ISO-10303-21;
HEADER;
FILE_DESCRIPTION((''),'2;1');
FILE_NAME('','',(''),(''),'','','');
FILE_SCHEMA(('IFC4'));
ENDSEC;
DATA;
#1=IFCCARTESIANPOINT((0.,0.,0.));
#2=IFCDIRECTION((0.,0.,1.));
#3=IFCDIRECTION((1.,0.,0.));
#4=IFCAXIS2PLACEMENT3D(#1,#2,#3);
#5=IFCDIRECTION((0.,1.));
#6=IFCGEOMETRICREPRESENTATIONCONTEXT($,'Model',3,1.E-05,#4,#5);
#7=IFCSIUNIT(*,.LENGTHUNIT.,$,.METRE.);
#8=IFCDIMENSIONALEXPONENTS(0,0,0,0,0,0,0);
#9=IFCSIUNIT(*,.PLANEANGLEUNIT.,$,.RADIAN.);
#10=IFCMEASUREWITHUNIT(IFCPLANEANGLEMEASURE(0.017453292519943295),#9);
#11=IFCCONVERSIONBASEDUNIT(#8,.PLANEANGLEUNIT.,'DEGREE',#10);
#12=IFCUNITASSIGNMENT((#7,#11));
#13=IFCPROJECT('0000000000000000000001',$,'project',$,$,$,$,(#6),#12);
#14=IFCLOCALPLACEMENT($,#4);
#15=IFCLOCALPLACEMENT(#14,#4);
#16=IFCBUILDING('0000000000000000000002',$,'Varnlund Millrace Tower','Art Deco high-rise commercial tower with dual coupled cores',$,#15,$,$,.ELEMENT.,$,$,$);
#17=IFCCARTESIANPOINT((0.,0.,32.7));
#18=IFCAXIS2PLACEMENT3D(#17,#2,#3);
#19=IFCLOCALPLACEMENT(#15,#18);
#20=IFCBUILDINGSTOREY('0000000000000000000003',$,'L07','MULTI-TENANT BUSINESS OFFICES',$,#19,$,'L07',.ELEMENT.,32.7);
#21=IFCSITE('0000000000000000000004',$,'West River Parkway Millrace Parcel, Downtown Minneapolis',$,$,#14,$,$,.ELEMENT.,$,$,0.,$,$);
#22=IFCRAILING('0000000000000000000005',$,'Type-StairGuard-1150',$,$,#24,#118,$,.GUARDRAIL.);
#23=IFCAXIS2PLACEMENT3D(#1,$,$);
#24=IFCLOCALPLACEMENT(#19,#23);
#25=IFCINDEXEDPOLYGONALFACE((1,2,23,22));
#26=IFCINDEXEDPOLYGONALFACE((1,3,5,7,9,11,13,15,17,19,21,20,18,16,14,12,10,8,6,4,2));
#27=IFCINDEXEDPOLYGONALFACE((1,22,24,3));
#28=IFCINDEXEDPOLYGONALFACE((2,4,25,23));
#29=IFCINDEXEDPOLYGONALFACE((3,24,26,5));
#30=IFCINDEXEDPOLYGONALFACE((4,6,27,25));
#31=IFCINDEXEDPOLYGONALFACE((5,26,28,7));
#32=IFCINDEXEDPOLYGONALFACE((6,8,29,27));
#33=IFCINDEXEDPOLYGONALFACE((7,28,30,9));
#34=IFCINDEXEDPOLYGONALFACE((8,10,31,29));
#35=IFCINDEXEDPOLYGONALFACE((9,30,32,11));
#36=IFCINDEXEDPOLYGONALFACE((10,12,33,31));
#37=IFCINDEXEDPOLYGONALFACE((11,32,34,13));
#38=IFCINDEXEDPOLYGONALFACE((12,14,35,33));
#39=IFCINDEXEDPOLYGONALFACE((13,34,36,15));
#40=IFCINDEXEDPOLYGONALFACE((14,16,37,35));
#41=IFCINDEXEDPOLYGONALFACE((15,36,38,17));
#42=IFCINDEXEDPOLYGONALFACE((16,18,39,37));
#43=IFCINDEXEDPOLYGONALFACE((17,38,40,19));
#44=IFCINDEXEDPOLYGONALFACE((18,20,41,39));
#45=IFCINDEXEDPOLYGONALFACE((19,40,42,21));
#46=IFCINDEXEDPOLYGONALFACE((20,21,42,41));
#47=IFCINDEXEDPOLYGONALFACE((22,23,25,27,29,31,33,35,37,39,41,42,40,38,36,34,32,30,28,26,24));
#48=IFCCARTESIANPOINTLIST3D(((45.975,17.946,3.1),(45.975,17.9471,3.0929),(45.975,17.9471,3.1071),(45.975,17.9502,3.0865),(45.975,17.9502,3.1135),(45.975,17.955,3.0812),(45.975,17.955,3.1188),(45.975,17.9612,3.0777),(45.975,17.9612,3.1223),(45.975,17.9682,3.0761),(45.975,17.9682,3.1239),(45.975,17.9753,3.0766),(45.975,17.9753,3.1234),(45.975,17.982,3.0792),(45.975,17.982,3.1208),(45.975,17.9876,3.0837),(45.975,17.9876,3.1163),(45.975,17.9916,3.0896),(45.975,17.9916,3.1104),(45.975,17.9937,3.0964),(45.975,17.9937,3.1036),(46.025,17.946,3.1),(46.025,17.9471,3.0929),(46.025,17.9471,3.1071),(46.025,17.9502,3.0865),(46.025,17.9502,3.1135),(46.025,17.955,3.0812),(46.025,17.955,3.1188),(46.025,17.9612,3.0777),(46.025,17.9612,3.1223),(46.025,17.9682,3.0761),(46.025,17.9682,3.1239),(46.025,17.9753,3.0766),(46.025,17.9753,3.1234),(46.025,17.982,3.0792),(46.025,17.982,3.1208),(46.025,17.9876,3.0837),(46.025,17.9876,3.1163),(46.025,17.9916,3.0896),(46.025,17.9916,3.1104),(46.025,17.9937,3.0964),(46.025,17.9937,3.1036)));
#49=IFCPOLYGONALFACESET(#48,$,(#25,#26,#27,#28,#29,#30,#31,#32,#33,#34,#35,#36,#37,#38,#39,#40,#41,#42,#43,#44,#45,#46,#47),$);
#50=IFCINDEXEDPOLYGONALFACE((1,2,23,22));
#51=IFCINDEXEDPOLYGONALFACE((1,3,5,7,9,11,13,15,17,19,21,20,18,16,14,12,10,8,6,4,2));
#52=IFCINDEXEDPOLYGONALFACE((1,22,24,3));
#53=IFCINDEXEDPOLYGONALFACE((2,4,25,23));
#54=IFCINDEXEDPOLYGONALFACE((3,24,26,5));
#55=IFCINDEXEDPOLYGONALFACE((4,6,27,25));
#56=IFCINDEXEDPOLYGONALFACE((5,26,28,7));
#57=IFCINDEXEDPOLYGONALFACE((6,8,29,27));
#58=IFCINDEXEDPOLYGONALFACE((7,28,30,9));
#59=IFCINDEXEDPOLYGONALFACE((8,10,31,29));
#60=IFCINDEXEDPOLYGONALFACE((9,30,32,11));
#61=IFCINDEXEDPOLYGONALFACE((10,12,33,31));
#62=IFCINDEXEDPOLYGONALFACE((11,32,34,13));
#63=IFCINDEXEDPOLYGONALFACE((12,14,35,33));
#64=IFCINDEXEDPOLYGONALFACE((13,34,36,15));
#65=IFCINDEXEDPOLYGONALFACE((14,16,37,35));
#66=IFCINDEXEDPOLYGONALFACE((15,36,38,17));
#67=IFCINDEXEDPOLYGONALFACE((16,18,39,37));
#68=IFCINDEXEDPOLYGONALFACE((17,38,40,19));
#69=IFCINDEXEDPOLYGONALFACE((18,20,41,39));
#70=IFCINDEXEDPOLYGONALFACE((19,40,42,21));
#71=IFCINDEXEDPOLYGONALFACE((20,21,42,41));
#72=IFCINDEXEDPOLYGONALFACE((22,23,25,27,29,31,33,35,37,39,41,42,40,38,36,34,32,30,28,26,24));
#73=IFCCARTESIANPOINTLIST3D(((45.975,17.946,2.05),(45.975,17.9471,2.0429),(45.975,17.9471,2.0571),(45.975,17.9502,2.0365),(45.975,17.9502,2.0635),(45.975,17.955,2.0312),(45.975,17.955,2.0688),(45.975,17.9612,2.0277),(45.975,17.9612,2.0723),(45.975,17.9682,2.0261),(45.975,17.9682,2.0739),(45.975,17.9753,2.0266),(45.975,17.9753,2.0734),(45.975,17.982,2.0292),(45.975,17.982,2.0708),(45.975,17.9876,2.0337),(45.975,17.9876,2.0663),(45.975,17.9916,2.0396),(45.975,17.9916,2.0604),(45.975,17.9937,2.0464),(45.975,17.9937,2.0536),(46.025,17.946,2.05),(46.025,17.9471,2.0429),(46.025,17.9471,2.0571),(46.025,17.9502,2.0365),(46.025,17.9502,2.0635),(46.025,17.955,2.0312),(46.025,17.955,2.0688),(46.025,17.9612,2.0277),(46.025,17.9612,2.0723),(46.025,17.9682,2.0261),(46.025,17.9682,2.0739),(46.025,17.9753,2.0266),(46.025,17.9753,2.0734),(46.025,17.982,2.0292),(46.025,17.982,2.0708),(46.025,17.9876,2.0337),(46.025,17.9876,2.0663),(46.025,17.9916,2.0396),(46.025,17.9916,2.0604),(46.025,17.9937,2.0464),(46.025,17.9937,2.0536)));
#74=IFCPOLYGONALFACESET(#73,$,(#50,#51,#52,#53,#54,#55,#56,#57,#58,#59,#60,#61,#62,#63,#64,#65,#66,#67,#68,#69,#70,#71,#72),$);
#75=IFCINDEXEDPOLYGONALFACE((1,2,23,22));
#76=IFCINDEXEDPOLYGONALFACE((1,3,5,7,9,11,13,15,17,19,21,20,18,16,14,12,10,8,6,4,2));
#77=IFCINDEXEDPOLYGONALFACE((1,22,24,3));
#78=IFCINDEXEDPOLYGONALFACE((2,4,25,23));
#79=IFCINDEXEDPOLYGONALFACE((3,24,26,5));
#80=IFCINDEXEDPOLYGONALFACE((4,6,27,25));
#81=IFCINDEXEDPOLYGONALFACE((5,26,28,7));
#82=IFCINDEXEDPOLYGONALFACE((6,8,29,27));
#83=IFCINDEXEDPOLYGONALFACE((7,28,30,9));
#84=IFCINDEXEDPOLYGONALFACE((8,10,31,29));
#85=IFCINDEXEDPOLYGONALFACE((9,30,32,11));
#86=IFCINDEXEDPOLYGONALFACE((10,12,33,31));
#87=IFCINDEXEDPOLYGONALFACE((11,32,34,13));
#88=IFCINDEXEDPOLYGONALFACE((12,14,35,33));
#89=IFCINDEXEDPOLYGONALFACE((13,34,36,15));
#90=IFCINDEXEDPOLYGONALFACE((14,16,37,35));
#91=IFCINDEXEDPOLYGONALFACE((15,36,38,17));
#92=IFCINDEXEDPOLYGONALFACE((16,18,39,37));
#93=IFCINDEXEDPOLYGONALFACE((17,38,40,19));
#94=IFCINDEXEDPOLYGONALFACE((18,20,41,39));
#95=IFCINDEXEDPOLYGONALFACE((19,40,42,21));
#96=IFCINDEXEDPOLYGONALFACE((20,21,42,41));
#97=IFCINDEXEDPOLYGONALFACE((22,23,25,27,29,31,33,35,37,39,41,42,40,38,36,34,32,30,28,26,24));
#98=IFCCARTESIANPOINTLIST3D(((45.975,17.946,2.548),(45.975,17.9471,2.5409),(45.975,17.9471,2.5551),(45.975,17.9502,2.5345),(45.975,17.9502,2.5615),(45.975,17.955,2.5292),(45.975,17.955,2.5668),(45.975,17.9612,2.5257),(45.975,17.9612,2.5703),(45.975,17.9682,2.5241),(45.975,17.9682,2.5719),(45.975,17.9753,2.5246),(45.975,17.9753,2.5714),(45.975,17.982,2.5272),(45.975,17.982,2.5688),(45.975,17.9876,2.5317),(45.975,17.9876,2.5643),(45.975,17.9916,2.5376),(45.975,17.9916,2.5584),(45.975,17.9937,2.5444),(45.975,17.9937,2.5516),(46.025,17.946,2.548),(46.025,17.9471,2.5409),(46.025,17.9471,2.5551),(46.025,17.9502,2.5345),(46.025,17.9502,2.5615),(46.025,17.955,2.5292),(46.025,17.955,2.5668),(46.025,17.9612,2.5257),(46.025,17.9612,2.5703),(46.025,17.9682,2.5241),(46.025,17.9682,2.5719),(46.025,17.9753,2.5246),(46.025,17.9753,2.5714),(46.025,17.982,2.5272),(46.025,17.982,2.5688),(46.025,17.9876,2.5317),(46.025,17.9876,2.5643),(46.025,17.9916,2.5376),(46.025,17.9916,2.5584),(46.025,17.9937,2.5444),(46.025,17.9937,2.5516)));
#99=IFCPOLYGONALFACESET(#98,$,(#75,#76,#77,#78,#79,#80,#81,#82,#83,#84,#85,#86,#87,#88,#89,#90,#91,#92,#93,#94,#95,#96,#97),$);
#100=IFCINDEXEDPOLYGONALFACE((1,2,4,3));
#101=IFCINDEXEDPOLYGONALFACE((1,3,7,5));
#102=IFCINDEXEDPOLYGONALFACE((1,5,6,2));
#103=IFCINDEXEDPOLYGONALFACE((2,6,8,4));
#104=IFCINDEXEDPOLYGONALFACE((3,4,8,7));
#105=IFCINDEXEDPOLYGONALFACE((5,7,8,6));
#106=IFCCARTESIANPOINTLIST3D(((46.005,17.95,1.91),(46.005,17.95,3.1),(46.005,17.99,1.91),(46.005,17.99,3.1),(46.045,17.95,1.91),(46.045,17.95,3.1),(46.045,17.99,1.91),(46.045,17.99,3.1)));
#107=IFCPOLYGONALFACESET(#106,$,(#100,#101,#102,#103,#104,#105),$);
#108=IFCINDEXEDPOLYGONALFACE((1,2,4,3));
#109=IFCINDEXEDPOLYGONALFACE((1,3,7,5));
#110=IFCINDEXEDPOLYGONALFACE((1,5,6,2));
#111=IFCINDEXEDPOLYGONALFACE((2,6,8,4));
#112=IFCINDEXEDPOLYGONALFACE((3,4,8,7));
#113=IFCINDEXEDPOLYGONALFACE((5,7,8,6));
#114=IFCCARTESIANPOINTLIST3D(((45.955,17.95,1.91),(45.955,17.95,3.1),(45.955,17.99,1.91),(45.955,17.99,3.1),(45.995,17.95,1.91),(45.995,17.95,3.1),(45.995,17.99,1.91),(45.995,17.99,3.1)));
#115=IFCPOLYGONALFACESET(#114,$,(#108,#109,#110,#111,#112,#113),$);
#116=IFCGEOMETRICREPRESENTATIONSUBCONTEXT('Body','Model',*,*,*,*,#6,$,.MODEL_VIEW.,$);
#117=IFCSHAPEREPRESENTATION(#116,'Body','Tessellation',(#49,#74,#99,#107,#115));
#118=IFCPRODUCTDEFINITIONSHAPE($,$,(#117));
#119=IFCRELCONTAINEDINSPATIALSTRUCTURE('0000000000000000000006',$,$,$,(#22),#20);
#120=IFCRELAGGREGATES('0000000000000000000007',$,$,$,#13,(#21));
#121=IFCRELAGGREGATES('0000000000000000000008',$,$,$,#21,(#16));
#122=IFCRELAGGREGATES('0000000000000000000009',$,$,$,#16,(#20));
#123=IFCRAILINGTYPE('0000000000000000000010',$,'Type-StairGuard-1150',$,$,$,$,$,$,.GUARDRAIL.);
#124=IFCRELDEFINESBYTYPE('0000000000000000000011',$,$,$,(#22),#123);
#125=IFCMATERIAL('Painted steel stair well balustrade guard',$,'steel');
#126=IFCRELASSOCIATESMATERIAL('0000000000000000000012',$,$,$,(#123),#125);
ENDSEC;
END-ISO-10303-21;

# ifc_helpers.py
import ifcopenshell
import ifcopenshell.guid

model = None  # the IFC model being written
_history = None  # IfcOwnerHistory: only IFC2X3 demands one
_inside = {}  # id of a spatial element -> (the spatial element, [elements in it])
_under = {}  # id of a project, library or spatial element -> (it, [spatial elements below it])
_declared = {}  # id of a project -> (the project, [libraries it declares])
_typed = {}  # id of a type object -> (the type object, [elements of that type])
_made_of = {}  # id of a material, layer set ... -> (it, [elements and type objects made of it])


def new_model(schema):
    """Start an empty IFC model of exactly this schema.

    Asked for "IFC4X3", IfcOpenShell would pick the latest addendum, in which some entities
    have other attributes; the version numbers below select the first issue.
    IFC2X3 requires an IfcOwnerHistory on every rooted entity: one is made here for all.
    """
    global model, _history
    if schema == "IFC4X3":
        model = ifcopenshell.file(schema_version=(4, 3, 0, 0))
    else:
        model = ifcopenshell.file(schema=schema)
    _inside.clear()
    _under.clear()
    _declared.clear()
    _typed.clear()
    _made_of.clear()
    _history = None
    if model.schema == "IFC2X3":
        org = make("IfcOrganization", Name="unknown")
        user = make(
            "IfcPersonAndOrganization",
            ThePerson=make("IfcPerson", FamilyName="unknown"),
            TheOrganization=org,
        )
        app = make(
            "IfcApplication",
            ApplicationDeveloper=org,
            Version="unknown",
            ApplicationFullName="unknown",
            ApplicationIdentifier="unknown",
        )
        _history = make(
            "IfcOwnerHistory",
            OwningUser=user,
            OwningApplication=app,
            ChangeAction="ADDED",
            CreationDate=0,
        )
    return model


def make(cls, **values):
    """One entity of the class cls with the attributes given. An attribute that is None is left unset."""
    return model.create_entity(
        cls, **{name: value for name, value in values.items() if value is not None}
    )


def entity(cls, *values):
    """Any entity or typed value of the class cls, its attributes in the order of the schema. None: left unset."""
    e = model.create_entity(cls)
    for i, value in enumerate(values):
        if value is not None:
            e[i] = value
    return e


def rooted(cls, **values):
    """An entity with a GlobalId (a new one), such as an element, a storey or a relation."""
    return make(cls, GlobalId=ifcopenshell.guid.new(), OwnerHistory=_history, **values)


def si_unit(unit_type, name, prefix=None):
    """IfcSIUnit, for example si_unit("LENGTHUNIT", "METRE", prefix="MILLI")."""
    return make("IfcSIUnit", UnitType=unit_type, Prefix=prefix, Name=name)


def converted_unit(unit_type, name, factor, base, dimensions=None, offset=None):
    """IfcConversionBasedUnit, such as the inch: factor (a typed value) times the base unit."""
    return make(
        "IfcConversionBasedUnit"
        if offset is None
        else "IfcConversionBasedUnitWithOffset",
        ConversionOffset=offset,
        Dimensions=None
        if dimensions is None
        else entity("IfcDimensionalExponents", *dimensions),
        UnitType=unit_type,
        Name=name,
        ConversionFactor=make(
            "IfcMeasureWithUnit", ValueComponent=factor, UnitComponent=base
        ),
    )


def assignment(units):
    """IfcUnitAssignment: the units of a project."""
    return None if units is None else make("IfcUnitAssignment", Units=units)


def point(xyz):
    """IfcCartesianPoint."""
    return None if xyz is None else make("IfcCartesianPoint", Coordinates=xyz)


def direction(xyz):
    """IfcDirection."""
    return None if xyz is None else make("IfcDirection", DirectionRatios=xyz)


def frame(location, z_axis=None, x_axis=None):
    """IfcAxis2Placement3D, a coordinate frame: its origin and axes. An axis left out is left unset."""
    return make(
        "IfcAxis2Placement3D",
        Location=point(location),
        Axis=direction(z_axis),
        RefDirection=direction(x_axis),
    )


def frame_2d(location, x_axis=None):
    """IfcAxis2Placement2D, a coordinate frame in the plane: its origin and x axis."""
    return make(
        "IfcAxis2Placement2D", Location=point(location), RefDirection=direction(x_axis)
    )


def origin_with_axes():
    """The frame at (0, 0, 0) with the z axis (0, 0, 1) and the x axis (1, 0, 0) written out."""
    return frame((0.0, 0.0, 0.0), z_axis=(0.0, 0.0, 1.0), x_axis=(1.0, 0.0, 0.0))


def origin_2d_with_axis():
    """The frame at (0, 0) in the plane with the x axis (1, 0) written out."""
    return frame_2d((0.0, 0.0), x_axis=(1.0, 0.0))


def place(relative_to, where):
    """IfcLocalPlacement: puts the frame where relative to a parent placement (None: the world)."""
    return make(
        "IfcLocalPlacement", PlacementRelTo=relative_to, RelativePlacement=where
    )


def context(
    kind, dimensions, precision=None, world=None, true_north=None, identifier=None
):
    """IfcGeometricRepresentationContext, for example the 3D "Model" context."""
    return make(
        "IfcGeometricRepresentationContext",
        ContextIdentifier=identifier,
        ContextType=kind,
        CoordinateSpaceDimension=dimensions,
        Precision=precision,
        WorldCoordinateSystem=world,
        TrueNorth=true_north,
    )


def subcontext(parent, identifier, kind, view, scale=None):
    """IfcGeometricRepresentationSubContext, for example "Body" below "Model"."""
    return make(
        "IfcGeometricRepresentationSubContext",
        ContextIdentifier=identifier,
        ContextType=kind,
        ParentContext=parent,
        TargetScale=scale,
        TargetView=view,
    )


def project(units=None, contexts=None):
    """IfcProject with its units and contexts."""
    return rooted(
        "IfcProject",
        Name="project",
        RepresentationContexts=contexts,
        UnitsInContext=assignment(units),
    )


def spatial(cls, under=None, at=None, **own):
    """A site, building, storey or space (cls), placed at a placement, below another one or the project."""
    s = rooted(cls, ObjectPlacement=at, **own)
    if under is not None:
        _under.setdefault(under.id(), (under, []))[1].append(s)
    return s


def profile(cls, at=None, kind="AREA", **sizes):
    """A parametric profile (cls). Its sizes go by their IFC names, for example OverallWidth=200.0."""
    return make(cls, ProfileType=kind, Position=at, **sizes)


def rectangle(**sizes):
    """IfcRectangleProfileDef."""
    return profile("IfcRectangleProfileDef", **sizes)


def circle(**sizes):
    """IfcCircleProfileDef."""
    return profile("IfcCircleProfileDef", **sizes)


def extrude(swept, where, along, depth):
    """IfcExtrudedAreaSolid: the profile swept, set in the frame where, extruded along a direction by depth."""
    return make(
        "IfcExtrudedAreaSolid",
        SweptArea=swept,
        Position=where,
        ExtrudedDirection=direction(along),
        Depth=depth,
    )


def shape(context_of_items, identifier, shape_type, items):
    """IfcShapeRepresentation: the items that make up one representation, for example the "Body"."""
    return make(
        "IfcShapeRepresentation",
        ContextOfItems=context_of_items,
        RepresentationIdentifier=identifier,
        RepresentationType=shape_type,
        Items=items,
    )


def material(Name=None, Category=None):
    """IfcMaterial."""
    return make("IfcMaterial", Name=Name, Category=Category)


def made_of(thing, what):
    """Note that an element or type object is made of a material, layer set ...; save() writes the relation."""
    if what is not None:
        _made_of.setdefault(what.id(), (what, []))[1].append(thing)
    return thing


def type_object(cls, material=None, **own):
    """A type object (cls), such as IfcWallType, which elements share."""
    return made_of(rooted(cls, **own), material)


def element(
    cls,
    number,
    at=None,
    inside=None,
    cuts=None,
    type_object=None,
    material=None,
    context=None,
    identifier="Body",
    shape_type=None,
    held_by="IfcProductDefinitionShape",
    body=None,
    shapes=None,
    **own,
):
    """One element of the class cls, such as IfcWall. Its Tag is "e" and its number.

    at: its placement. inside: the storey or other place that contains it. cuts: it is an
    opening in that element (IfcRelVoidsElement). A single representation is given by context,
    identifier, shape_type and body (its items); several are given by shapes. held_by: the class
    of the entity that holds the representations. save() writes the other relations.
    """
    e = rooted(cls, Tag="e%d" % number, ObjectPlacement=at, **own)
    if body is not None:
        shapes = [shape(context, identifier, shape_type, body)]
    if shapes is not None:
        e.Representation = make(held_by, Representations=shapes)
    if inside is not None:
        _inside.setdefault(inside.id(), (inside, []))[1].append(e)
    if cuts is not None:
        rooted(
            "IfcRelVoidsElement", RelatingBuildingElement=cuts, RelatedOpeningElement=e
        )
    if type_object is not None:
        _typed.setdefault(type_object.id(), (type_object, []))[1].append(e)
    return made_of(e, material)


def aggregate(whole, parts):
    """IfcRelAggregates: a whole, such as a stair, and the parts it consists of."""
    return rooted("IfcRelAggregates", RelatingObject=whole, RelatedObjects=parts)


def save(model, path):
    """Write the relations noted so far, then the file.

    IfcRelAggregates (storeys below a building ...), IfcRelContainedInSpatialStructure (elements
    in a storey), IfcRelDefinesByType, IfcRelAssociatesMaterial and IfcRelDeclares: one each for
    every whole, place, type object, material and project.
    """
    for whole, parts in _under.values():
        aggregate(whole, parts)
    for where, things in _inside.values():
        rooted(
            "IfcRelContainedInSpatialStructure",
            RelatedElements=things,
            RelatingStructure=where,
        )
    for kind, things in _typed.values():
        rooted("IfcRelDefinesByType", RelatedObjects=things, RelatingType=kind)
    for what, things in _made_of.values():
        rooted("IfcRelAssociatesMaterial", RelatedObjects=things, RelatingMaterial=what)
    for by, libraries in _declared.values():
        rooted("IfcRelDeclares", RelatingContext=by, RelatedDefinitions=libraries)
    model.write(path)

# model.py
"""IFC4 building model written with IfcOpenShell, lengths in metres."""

from ifc_helpers import new_model, entity, si_unit, converted_unit, direction, frame, origin_with_axes, origin_2d_with_axis, place, context, subcontext, project, spatial, rectangle, circle, extrude, material, type_object, element, save


model = new_model("IFC4")

# Units and contexts
model_context = context("Model", 3, precision=1e-05, world=origin_with_axes(), true_north=direction((0.0, 1.0)))
body_context = subcontext(model_context, "Body", "Model", "MODEL_VIEW")
ifc_project = project(units=[si_unit("LENGTHUNIT", "METRE"), converted_unit("PLANEANGLEUNIT", "DEGREE", entity("IfcPlaneAngleMeasure", 0.017453292519943295), si_unit("PLANEANGLEUNIT", "RADIAN"), dimensions=[0, 0, 0, 0, 0, 0, 0])], contexts=[model_context])

# Site, building, storey
site_placement = place(None, origin_with_axes())
site = spatial("IfcSite", under=ifc_project, at=site_placement, Name="West River Parkway Millrace Parcel, Downtown Minneapolis", CompositionType="ELEMENT", RefElevation=0.0)
building_placement = place(site_placement, origin_with_axes())
building = spatial("IfcBuilding", under=site, at=building_placement, Name="Varnlund Millrace Tower", Description="Art Deco high-rise commercial tower with dual coupled cores", CompositionType="ELEMENT")
storey_placement = place(building_placement, frame((0.0, 0.0, 32.7), z_axis=(0.0, 0.0, 1.0), x_axis=(1.0, 0.0, 0.0)))
storey = spatial("IfcBuildingStorey", under=building, at=storey_placement, Name="L07", Description="MULTI-TENANT BUSINESS OFFICES", LongName="L07", CompositionType="ELEMENT", Elevation=32.7)

# Railing
ifc_material_1 = material(Name="Painted steel stair well balustrade guard", Category="steel")
railing_type_1 = type_object("IfcRailingType", Name="Type-StairGuard-1150", PredefinedType="GUARDRAIL", material=ifc_material_1)
railing_1_placement = place(storey_placement, frame((0.0, 0.0, -32.7), z_axis=(0.0, 0.0, 1.0), x_axis=(1.0, 0.0, 0.0)))
element("IfcRailing", 1, at=railing_1_placement, inside=storey, type_object=railing_type_1, Name="Type-StairGuard-1150", PredefinedType="GUARDRAIL", context=body_context, shape_type="SweptSolid", body=[
    extrude(circle(Radius=0.024, at=origin_2d_with_axis()), frame((46.025, 17.97, 35.8), z_axis=(-1.0, 0.0, 0.0), x_axis=(0.0, -1.0, 0.0)), (0.0, 0.0, 1.0), 0.05),
    extrude(circle(Radius=0.024, at=origin_2d_with_axis()), frame((46.025, 17.97, 34.75), z_axis=(-1.0, 0.0, 0.0), x_axis=(0.0, -1.0, 0.0)), (0.0, 0.0, 1.0), 0.05),
    extrude(circle(Radius=0.024, at=origin_2d_with_axis()), frame((46.025, 17.97, 35.248), z_axis=(-1.0, 0.0, 0.0), x_axis=(0.0, -1.0, 0.0)), (0.0, 0.0, 1.0), 0.05),
    extrude(rectangle(XDim=0.04, YDim=0.04, at=origin_2d_with_axis()), frame((46.025, 17.97, 34.61), z_axis=(0.0, 0.0, 1.0), x_axis=(1.0, 0.0, 0.0)), (0.0, 0.0, 1.0), 1.19),
    extrude(rectangle(XDim=0.04, YDim=0.04, at=origin_2d_with_axis()), frame((45.975, 17.97, 34.61), z_axis=(0.0, 0.0, 1.0), x_axis=(1.0, 0.0, 0.0)), (0.0, 0.0, 1.0), 1.19),
])

save(model, "model.ifc")
